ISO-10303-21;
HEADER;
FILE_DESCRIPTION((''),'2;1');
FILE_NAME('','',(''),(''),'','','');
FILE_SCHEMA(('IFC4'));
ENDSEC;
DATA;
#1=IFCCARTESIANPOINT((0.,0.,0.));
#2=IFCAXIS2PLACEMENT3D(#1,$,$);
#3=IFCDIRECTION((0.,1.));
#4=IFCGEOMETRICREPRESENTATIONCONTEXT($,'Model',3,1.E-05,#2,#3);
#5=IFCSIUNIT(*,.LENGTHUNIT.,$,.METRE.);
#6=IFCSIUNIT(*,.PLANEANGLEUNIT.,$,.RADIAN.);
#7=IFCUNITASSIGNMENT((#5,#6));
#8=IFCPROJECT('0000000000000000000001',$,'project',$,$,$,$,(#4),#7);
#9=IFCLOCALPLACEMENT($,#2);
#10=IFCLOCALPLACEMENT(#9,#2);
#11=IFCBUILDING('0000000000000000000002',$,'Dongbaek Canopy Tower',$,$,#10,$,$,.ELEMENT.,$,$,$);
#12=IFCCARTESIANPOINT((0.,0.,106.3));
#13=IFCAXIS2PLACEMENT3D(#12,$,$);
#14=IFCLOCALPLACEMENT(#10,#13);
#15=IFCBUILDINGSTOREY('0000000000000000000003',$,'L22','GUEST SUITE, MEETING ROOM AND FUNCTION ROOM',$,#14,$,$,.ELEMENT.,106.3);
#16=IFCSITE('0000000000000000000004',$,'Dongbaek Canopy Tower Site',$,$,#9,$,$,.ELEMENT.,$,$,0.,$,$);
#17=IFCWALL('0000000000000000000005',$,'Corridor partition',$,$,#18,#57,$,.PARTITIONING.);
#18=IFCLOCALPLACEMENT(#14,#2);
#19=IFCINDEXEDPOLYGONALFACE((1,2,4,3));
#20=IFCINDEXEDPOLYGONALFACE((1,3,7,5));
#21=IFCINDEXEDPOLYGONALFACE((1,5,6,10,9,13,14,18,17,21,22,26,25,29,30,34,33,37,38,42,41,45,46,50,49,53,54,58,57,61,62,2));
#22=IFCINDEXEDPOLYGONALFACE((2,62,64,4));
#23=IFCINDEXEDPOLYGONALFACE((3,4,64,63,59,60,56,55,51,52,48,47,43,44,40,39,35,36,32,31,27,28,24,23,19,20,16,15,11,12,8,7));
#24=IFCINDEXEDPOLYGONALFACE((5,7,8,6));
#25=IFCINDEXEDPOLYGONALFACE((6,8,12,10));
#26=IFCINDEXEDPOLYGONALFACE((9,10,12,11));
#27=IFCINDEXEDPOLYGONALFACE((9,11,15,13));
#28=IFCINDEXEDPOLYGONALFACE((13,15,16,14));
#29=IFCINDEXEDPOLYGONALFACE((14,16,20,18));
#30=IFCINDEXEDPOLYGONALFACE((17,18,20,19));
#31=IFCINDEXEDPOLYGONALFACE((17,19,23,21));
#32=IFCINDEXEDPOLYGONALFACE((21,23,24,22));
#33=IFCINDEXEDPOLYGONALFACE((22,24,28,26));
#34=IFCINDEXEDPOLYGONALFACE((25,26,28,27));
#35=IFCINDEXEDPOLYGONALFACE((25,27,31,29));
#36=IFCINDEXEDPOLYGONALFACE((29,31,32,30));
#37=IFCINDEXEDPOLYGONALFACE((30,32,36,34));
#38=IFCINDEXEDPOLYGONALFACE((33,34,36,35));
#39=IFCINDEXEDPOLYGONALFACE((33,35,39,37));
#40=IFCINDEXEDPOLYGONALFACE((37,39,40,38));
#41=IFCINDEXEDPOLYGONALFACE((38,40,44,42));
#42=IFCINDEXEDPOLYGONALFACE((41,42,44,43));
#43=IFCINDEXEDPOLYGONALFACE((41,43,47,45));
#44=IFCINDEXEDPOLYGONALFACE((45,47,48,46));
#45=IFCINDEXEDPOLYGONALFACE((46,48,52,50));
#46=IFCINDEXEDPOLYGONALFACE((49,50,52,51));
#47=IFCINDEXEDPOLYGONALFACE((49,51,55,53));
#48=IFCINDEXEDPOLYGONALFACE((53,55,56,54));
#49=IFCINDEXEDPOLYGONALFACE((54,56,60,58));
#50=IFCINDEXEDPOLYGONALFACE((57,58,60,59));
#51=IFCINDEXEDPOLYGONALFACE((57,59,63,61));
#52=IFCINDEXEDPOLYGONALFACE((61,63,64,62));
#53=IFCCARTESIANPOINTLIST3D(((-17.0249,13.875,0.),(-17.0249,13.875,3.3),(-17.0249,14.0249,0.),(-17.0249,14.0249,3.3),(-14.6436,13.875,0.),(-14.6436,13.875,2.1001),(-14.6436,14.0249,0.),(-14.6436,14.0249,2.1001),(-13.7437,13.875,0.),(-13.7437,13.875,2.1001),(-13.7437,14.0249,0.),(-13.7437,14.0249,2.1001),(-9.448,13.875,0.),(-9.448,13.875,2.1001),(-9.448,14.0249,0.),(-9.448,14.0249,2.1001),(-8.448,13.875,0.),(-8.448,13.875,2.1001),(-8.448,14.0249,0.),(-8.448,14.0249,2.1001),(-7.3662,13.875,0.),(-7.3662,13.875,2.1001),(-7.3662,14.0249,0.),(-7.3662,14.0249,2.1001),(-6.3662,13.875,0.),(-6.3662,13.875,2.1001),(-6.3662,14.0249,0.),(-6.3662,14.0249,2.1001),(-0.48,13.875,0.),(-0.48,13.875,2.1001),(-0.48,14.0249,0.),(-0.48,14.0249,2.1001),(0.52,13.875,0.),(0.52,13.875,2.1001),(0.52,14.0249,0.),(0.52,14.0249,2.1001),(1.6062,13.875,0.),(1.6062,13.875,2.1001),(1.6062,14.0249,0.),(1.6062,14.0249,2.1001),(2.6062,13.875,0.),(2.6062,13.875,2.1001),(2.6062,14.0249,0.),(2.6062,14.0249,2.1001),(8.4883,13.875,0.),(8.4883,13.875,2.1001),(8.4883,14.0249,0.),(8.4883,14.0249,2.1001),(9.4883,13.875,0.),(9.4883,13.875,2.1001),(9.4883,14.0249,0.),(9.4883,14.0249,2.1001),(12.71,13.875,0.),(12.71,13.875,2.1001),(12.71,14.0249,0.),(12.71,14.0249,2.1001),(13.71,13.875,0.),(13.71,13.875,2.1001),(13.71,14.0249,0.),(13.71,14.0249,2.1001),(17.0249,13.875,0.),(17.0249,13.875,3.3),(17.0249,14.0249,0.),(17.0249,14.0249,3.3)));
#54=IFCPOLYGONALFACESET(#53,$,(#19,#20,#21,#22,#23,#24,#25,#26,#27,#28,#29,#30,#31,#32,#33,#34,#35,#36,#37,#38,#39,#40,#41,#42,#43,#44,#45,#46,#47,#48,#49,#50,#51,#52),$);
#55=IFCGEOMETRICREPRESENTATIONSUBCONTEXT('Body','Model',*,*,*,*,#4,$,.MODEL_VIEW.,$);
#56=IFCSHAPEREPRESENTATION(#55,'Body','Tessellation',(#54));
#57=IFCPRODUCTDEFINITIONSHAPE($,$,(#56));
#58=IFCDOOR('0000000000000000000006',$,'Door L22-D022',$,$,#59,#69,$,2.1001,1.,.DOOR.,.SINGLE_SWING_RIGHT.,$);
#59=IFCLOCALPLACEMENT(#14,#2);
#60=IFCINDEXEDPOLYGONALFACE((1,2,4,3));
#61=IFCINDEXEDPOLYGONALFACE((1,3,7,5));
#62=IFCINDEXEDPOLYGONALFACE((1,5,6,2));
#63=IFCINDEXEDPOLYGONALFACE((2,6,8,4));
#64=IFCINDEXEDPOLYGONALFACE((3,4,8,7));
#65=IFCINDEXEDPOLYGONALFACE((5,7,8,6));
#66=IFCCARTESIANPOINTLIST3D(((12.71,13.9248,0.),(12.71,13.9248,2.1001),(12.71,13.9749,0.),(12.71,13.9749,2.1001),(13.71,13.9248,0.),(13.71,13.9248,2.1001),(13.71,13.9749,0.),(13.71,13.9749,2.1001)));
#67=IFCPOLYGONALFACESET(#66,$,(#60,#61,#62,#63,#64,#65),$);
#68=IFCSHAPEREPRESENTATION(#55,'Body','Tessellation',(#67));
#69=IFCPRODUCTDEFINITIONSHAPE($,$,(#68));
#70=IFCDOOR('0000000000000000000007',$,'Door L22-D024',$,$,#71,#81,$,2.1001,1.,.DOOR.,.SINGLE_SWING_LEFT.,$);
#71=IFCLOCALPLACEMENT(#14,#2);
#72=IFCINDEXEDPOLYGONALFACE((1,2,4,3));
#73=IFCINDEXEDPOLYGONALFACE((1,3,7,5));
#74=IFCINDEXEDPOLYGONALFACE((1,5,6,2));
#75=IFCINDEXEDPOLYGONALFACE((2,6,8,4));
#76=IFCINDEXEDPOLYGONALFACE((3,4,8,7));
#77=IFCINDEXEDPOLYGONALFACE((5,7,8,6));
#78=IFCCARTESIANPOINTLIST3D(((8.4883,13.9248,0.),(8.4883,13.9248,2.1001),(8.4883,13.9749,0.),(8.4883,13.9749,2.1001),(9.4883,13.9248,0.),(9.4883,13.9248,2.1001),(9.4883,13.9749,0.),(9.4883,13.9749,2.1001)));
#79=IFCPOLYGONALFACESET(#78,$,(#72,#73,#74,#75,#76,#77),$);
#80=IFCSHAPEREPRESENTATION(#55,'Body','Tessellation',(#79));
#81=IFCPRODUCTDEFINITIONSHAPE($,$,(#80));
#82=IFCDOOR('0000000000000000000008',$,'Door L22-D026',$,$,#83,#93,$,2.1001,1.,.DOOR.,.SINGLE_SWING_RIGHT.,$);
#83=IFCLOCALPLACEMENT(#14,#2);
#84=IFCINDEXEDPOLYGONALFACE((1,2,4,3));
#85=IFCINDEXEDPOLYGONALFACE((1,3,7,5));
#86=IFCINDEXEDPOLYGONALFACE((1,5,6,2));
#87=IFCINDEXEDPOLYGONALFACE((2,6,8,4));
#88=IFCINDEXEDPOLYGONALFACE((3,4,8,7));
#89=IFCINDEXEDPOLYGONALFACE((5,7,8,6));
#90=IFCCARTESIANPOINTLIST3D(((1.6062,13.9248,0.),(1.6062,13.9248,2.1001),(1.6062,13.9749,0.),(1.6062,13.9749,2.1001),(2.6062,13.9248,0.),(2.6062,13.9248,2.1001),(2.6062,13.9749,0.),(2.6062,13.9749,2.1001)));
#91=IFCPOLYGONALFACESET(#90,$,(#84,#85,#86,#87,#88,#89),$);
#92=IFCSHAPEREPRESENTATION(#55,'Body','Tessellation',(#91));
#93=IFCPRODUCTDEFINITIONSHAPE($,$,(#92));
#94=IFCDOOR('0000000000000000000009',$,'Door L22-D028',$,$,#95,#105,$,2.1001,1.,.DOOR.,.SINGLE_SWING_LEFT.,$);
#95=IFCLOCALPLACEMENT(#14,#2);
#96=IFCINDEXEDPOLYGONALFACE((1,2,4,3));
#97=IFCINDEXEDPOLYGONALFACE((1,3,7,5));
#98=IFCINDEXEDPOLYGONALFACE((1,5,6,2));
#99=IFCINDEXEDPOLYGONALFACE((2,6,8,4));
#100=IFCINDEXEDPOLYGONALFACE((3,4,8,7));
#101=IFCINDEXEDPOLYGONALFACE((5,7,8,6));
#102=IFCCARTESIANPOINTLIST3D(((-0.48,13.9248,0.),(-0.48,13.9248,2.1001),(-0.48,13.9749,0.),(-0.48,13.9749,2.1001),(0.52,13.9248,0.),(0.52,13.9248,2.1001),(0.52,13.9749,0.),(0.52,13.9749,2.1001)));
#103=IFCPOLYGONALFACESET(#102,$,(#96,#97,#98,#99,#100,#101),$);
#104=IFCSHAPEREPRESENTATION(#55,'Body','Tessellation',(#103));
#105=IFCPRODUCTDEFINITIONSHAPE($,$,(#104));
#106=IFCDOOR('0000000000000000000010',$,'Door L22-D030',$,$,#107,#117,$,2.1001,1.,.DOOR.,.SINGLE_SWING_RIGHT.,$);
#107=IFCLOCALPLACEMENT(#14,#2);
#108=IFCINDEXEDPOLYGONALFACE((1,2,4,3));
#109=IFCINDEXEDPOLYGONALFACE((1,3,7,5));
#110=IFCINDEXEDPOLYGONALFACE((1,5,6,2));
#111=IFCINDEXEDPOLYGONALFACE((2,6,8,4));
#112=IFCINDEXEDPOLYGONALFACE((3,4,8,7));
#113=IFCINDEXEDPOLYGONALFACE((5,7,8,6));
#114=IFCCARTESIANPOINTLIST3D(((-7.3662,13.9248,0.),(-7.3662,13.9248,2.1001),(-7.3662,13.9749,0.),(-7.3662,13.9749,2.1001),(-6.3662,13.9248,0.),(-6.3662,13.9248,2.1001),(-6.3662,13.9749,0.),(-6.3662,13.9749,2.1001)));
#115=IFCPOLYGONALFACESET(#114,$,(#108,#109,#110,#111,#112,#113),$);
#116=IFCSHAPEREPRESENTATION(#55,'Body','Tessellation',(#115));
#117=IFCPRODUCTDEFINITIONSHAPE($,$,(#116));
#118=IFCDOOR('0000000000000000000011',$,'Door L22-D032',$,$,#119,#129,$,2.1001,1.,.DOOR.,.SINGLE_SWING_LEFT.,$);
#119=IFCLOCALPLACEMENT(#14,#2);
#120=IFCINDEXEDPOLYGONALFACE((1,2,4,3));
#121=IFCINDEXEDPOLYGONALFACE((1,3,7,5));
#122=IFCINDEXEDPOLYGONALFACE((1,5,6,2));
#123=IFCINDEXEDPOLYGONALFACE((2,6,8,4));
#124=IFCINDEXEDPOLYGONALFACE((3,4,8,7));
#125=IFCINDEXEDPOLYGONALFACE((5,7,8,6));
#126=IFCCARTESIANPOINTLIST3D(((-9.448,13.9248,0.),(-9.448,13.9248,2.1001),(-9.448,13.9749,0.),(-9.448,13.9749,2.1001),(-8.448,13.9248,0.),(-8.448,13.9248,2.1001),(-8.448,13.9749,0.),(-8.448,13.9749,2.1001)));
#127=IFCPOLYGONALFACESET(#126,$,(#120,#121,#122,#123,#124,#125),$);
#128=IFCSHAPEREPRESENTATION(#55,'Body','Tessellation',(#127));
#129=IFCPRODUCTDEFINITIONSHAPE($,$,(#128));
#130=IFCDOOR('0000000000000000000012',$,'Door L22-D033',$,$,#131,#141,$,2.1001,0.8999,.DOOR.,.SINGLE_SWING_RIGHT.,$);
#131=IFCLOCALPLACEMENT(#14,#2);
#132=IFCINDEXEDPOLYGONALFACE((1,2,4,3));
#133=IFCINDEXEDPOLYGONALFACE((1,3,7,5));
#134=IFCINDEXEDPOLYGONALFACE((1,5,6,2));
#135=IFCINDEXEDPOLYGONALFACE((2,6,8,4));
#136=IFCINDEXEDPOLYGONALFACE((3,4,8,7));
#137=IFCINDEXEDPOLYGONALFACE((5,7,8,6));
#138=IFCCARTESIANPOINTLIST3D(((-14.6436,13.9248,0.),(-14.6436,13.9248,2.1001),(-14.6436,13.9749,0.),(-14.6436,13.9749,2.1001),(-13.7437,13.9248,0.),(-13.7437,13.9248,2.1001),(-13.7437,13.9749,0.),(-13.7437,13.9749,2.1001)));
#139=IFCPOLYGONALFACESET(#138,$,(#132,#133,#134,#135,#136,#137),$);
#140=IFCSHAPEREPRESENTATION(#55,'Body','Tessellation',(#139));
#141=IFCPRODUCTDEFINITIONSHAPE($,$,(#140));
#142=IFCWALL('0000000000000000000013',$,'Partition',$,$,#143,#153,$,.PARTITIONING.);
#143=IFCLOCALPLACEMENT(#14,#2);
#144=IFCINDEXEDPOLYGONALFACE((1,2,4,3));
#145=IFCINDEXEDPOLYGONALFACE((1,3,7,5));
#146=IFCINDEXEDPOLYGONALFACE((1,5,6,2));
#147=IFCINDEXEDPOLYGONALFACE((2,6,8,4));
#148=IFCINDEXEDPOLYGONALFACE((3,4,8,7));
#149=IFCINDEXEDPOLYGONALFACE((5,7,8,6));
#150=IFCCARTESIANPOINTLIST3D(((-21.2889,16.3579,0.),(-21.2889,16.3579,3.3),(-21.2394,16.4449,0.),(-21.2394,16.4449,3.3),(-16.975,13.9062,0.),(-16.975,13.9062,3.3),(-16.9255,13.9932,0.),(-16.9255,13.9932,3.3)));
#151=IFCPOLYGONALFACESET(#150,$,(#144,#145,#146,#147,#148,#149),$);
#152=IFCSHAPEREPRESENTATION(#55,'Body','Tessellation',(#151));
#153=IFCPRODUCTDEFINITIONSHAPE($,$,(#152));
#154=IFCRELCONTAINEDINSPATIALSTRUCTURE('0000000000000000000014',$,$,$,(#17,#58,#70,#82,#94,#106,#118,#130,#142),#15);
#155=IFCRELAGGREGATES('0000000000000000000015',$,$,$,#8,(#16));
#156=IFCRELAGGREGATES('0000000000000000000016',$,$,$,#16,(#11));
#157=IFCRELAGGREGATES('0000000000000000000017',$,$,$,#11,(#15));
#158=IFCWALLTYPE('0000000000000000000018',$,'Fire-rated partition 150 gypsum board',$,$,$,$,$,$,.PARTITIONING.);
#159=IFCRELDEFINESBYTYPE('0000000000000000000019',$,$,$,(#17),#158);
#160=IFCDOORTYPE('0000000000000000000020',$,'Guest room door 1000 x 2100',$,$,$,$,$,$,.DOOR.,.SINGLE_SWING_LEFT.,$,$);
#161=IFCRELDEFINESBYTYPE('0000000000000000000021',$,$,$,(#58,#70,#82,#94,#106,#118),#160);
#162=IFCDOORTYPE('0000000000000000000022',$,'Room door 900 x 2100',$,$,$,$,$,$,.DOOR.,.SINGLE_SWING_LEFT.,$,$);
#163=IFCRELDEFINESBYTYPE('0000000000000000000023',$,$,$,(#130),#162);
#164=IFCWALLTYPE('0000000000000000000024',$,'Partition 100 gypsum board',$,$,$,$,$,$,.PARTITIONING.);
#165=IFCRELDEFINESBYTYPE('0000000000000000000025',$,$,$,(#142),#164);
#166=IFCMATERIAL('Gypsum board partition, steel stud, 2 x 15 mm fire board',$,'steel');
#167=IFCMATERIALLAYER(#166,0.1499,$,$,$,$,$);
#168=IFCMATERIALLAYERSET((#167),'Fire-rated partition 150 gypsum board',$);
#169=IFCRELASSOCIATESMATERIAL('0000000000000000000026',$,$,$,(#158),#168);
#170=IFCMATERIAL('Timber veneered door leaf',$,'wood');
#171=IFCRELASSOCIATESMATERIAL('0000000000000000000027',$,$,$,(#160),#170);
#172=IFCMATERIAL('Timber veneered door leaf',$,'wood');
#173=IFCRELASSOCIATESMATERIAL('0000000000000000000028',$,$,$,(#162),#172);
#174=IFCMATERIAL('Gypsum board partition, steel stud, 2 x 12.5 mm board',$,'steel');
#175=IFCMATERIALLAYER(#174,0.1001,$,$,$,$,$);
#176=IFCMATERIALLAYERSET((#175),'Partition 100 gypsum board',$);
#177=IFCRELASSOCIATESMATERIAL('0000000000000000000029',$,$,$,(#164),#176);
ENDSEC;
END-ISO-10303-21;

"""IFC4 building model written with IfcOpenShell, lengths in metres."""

from ifc_helpers import new_model, si_unit, direction, frame, frame_2d, origin, place, context, subcontext, project, spatial, rectangle, extrude, material, layer, layer_set, type_object, element, fill, save


model = new_model("IFC4")

# Units and contexts
model_context = context("Model", 3, precision=1e-05, world=origin(), true_north=direction((0.0, 1.0)))
body_context = subcontext(model_context, "Body", "Model", "MODEL_VIEW")
ifc_project = project(units=[si_unit("LENGTHUNIT", "METRE"), si_unit("PLANEANGLEUNIT", "RADIAN")], contexts=[model_context])

# Site, building, storey
site_placement = place(None, origin())
site = spatial("IfcSite", under=ifc_project, at=site_placement, Name="Dongbaek Canopy Tower Site", CompositionType="ELEMENT", RefElevation=0.0)
building_placement = place(site_placement, origin())
building = spatial("IfcBuilding", under=site, at=building_placement, Name="Dongbaek Canopy Tower", CompositionType="ELEMENT")
storey_placement = place(building_placement, frame((0.0, 0.0, 106.3)))
storey = spatial("IfcBuildingStorey", under=building, at=storey_placement, Name="L22", Description="GUEST SUITE, MEETING ROOM AND FUNCTION ROOM", CompositionType="ELEMENT", Elevation=106.3)

# Shared definitions
ifc_material_1 = material(Name="Gypsum board partition, steel stud, 2 x 15 mm fire board", Category="steel")
ifc_layer_1 = layer(ifc_material_1, 0.1499)
ifc_layer_set_1 = layer_set([ifc_layer_1], Name="Fire-rated partition 150 gypsum board")
wall_type_1 = type_object("IfcWallType", Name="Fire-rated partition 150 gypsum board", PredefinedType="PARTITIONING", material=ifc_layer_set_1)

# Wall, openings, doors
wall_1_placement = place(storey_placement, frame((-17.0249, 13.95, 0.0), z_axis=(0.0, 0.0, 1.0), x_axis=(1.0, 0.0, 0.0)))
wall_1 = element("IfcWall", 1, at=wall_1_placement, inside=storey, type_object=wall_type_1, Name="Corridor partition", PredefinedType="PARTITIONING", context=body_context, shape_type="SweptSolid", body=[
    extrude(rectangle(XDim=34.0498, YDim=0.1499, at=frame_2d((17.0249, 0.0))), origin(), (0.0, 0.0, 1.0), 3.3),
])
opening_1_placement = place(wall_1_placement, frame((29.7349, 0.0, 0.0)))
opening_1 = element("IfcOpeningElement", 2, at=opening_1_placement, cuts=wall_1, PredefinedType="OPENING", context=body_context, shape_type="SweptSolid", body=[
    extrude(rectangle(XDim=1.0, YDim=2.1001, at=frame_2d((0.5, 1.05))), frame((0.0, 0.085, 0.0), z_axis=(0.0, -1.0, 0.0), x_axis=(1.0, 0.0, 0.0)), (0.0, 0.0, 1.0), 0.1699),
])
opening_2_placement = place(wall_1_placement, frame((25.5132, 0.0, 0.0)))
opening_2 = element("IfcOpeningElement", 3, at=opening_2_placement, cuts=wall_1, PredefinedType="OPENING", context=body_context, shape_type="SweptSolid", body=[
    extrude(rectangle(XDim=1.0, YDim=2.1001, at=frame_2d((0.5, 1.05))), frame((0.0, 0.085, 0.0), z_axis=(0.0, -1.0, 0.0), x_axis=(1.0, 0.0, 0.0)), (0.0, 0.0, 1.0), 0.1699),
])
opening_3_placement = place(wall_1_placement, frame((18.6311, 0.0, 0.0)))
opening_3 = element("IfcOpeningElement", 4, at=opening_3_placement, cuts=wall_1, PredefinedType="OPENING", context=body_context, shape_type="SweptSolid", body=[
    extrude(rectangle(XDim=1.0, YDim=2.1001, at=frame_2d((0.5, 1.05))), frame((0.0, 0.085, 0.0), z_axis=(0.0, -1.0, 0.0), x_axis=(1.0, 0.0, 0.0)), (0.0, 0.0, 1.0), 0.1699),
])
opening_4_placement = place(wall_1_placement, frame((16.5449, 0.0, 0.0)))
opening_4 = element("IfcOpeningElement", 5, at=opening_4_placement, cuts=wall_1, PredefinedType="OPENING", context=body_context, shape_type="SweptSolid", body=[
    extrude(rectangle(XDim=1.0, YDim=2.1001, at=frame_2d((0.5, 1.05))), frame((0.0, 0.085, 0.0), z_axis=(0.0, -1.0, 0.0), x_axis=(1.0, 0.0, 0.0)), (0.0, 0.0, 1.0), 0.1699),
])
opening_5_placement = place(wall_1_placement, frame((9.6587, 0.0, 0.0)))
opening_5 = element("IfcOpeningElement", 6, at=opening_5_placement, cuts=wall_1, PredefinedType="OPENING", context=body_context, shape_type="SweptSolid", body=[
    extrude(rectangle(XDim=1.0, YDim=2.1001, at=frame_2d((0.5, 1.05))), frame((0.0, 0.085, 0.0), z_axis=(0.0, -1.0, 0.0), x_axis=(1.0, 0.0, 0.0)), (0.0, 0.0, 1.0), 0.1699),
])
opening_6_placement = place(wall_1_placement, frame((7.5769, 0.0, 0.0)))
opening_6 = element("IfcOpeningElement", 7, at=opening_6_placement, cuts=wall_1, PredefinedType="OPENING", context=body_context, shape_type="SweptSolid", body=[
    extrude(rectangle(XDim=1.0, YDim=2.1001, at=frame_2d((0.5, 1.05))), frame((0.0, 0.085, 0.0), z_axis=(0.0, -1.0, 0.0), x_axis=(1.0, 0.0, 0.0)), (0.0, 0.0, 1.0), 0.1699),
])
opening_7_placement = place(wall_1_placement, frame((2.3813, 0.0, 0.0)))
opening_7 = element("IfcOpeningElement", 8, at=opening_7_placement, cuts=wall_1, PredefinedType="OPENING", context=body_context, shape_type="SweptSolid", body=[
    extrude(rectangle(XDim=0.8999, YDim=2.1001, at=frame_2d((0.45, 1.05))), frame((0.0, 0.085, 0.0), z_axis=(0.0, -1.0, 0.0), x_axis=(1.0, 0.0, 0.0)), (0.0, 0.0, 1.0), 0.1699),
])
ifc_material_2 = material(Name="Timber veneered door leaf", Category="wood")
door_type_1 = type_object("IfcDoorType", Name="Guest room door 1000 x 2100", OperationType="SINGLE_SWING_LEFT", PredefinedType="DOOR", material=ifc_material_2)
door_1_placement = place(opening_1_placement, origin())
door_1 = element("IfcDoor", 9, at=door_1_placement, inside=storey, type_object=door_type_1, Name="Door L22-D022", OperationType="SINGLE_SWING_RIGHT", OverallHeight=2.1001, OverallWidth=1.0, PredefinedType="DOOR", context=body_context, shape_type="SweptSolid", body=[
    extrude(rectangle(XDim=1.0, YDim=2.1001, at=frame_2d((0.5, 1.05))), frame((0.0, 0.0249, 0.0), z_axis=(0.0, -1.0, 0.0), x_axis=(1.0, 0.0, 0.0)), (0.0, 0.0, 1.0), 0.05),
])
fill(opening_1, door_1)
door_2_placement = place(opening_2_placement, origin())
door_2 = element("IfcDoor", 10, at=door_2_placement, inside=storey, type_object=door_type_1, Name="Door L22-D024", OperationType="SINGLE_SWING_LEFT", OverallHeight=2.1001, OverallWidth=1.0, PredefinedType="DOOR", context=body_context, shape_type="SweptSolid", body=[
    extrude(rectangle(XDim=1.0, YDim=2.1001, at=frame_2d((0.5, 1.05))), frame((0.0, 0.0249, 0.0), z_axis=(0.0, -1.0, 0.0), x_axis=(1.0, 0.0, 0.0)), (0.0, 0.0, 1.0), 0.05),
])
fill(opening_2, door_2)
door_3_placement = place(opening_3_placement, origin())
door_3 = element("IfcDoor", 11, at=door_3_placement, inside=storey, type_object=door_type_1, Name="Door L22-D026", OperationType="SINGLE_SWING_RIGHT", OverallHeight=2.1001, OverallWidth=1.0, PredefinedType="DOOR", context=body_context, shape_type="SweptSolid", body=[
    extrude(rectangle(XDim=1.0, YDim=2.1001, at=frame_2d((0.5, 1.05))), frame((0.0, 0.0249, 0.0), z_axis=(0.0, -1.0, 0.0), x_axis=(1.0, 0.0, 0.0)), (0.0, 0.0, 1.0), 0.05),
])
fill(opening_3, door_3)
door_4_placement = place(opening_4_placement, origin())
door_4 = element("IfcDoor", 12, at=door_4_placement, inside=storey, type_object=door_type_1, Name="Door L22-D028", OperationType="SINGLE_SWING_LEFT", OverallHeight=2.1001, OverallWidth=1.0, PredefinedType="DOOR", context=body_context, shape_type="SweptSolid", body=[
    extrude(rectangle(XDim=1.0, YDim=2.1001, at=frame_2d((0.5, 1.05))), frame((0.0, 0.0249, 0.0), z_axis=(0.0, -1.0, 0.0), x_axis=(1.0, 0.0, 0.0)), (0.0, 0.0, 1.0), 0.05),
])
fill(opening_4, door_4)
door_5_placement = place(opening_5_placement, origin())
door_5 = element("IfcDoor", 13, at=door_5_placement, inside=storey, type_object=door_type_1, Name="Door L22-D030", OperationType="SINGLE_SWING_RIGHT", OverallHeight=2.1001, OverallWidth=1.0, PredefinedType="DOOR", context=body_context, shape_type="SweptSolid", body=[
    extrude(rectangle(XDim=1.0, YDim=2.1001, at=frame_2d((0.5, 1.05))), frame((0.0, 0.0249, 0.0), z_axis=(0.0, -1.0, 0.0), x_axis=(1.0, 0.0, 0.0)), (0.0, 0.0, 1.0), 0.05),
])
fill(opening_5, door_5)
door_6_placement = place(opening_6_placement, origin())
door_6 = element("IfcDoor", 14, at=door_6_placement, inside=storey, type_object=door_type_1, Name="Door L22-D032", OperationType="SINGLE_SWING_LEFT", OverallHeight=2.1001, OverallWidth=1.0, PredefinedType="DOOR", context=body_context, shape_type="SweptSolid", body=[
    extrude(rectangle(XDim=1.0, YDim=2.1001, at=frame_2d((0.5, 1.05))), frame((0.0, 0.0249, 0.0), z_axis=(0.0, -1.0, 0.0), x_axis=(1.0, 0.0, 0.0)), (0.0, 0.0, 1.0), 0.05),
])
fill(opening_6, door_6)
ifc_material_3 = material(Name="Timber veneered door leaf", Category="wood")
door_type_2 = type_object("IfcDoorType", Name="Room door 900 x 2100", OperationType="SINGLE_SWING_LEFT", PredefinedType="DOOR", material=ifc_material_3)
door_7_placement = place(opening_7_placement, origin())
door_7 = element("IfcDoor", 15, at=door_7_placement, inside=storey, type_object=door_type_2, Name="Door L22-D033", OperationType="SINGLE_SWING_RIGHT", OverallHeight=2.1001, OverallWidth=0.8999, PredefinedType="DOOR", context=body_context, shape_type="SweptSolid", body=[
    extrude(rectangle(XDim=0.8999, YDim=2.1001, at=frame_2d((0.45, 1.05))), frame((0.0, 0.0249, 0.0), z_axis=(0.0, -1.0, 0.0), x_axis=(1.0, 0.0, 0.0)), (0.0, 0.0, 1.0), 0.05),
])
fill(opening_7, door_7)

# Wall
ifc_material_4 = material(Name="Gypsum board partition, steel stud, 2 x 12.5 mm board", Category="steel")
ifc_layer_2 = layer(ifc_material_4, 0.1001)
ifc_layer_set_2 = layer_set([ifc_layer_2], Name="Partition 100 gypsum board")
wall_type_2 = type_object("IfcWallType", Name="Partition 100 gypsum board", PredefinedType="PARTITIONING", material=ifc_layer_set_2)
wall_2_placement = place(storey_placement, frame((-21.2642, 16.4014, 0.0), z_axis=(0.0, 0.0, 1.0), x_axis=(0.869409, -0.494092, 0.0)))
element("IfcWall", 16, at=wall_2_placement, inside=storey, type_object=wall_type_2, Name="Partition", PredefinedType="PARTITIONING", context=body_context, shape_type="SweptSolid", body=[
    extrude(rectangle(XDim=4.9619, YDim=0.1001, at=frame_2d((2.481, 0.0))), origin(), (0.0, 0.0, 1.0), 3.3),
])

save(model, "model.ifc")
